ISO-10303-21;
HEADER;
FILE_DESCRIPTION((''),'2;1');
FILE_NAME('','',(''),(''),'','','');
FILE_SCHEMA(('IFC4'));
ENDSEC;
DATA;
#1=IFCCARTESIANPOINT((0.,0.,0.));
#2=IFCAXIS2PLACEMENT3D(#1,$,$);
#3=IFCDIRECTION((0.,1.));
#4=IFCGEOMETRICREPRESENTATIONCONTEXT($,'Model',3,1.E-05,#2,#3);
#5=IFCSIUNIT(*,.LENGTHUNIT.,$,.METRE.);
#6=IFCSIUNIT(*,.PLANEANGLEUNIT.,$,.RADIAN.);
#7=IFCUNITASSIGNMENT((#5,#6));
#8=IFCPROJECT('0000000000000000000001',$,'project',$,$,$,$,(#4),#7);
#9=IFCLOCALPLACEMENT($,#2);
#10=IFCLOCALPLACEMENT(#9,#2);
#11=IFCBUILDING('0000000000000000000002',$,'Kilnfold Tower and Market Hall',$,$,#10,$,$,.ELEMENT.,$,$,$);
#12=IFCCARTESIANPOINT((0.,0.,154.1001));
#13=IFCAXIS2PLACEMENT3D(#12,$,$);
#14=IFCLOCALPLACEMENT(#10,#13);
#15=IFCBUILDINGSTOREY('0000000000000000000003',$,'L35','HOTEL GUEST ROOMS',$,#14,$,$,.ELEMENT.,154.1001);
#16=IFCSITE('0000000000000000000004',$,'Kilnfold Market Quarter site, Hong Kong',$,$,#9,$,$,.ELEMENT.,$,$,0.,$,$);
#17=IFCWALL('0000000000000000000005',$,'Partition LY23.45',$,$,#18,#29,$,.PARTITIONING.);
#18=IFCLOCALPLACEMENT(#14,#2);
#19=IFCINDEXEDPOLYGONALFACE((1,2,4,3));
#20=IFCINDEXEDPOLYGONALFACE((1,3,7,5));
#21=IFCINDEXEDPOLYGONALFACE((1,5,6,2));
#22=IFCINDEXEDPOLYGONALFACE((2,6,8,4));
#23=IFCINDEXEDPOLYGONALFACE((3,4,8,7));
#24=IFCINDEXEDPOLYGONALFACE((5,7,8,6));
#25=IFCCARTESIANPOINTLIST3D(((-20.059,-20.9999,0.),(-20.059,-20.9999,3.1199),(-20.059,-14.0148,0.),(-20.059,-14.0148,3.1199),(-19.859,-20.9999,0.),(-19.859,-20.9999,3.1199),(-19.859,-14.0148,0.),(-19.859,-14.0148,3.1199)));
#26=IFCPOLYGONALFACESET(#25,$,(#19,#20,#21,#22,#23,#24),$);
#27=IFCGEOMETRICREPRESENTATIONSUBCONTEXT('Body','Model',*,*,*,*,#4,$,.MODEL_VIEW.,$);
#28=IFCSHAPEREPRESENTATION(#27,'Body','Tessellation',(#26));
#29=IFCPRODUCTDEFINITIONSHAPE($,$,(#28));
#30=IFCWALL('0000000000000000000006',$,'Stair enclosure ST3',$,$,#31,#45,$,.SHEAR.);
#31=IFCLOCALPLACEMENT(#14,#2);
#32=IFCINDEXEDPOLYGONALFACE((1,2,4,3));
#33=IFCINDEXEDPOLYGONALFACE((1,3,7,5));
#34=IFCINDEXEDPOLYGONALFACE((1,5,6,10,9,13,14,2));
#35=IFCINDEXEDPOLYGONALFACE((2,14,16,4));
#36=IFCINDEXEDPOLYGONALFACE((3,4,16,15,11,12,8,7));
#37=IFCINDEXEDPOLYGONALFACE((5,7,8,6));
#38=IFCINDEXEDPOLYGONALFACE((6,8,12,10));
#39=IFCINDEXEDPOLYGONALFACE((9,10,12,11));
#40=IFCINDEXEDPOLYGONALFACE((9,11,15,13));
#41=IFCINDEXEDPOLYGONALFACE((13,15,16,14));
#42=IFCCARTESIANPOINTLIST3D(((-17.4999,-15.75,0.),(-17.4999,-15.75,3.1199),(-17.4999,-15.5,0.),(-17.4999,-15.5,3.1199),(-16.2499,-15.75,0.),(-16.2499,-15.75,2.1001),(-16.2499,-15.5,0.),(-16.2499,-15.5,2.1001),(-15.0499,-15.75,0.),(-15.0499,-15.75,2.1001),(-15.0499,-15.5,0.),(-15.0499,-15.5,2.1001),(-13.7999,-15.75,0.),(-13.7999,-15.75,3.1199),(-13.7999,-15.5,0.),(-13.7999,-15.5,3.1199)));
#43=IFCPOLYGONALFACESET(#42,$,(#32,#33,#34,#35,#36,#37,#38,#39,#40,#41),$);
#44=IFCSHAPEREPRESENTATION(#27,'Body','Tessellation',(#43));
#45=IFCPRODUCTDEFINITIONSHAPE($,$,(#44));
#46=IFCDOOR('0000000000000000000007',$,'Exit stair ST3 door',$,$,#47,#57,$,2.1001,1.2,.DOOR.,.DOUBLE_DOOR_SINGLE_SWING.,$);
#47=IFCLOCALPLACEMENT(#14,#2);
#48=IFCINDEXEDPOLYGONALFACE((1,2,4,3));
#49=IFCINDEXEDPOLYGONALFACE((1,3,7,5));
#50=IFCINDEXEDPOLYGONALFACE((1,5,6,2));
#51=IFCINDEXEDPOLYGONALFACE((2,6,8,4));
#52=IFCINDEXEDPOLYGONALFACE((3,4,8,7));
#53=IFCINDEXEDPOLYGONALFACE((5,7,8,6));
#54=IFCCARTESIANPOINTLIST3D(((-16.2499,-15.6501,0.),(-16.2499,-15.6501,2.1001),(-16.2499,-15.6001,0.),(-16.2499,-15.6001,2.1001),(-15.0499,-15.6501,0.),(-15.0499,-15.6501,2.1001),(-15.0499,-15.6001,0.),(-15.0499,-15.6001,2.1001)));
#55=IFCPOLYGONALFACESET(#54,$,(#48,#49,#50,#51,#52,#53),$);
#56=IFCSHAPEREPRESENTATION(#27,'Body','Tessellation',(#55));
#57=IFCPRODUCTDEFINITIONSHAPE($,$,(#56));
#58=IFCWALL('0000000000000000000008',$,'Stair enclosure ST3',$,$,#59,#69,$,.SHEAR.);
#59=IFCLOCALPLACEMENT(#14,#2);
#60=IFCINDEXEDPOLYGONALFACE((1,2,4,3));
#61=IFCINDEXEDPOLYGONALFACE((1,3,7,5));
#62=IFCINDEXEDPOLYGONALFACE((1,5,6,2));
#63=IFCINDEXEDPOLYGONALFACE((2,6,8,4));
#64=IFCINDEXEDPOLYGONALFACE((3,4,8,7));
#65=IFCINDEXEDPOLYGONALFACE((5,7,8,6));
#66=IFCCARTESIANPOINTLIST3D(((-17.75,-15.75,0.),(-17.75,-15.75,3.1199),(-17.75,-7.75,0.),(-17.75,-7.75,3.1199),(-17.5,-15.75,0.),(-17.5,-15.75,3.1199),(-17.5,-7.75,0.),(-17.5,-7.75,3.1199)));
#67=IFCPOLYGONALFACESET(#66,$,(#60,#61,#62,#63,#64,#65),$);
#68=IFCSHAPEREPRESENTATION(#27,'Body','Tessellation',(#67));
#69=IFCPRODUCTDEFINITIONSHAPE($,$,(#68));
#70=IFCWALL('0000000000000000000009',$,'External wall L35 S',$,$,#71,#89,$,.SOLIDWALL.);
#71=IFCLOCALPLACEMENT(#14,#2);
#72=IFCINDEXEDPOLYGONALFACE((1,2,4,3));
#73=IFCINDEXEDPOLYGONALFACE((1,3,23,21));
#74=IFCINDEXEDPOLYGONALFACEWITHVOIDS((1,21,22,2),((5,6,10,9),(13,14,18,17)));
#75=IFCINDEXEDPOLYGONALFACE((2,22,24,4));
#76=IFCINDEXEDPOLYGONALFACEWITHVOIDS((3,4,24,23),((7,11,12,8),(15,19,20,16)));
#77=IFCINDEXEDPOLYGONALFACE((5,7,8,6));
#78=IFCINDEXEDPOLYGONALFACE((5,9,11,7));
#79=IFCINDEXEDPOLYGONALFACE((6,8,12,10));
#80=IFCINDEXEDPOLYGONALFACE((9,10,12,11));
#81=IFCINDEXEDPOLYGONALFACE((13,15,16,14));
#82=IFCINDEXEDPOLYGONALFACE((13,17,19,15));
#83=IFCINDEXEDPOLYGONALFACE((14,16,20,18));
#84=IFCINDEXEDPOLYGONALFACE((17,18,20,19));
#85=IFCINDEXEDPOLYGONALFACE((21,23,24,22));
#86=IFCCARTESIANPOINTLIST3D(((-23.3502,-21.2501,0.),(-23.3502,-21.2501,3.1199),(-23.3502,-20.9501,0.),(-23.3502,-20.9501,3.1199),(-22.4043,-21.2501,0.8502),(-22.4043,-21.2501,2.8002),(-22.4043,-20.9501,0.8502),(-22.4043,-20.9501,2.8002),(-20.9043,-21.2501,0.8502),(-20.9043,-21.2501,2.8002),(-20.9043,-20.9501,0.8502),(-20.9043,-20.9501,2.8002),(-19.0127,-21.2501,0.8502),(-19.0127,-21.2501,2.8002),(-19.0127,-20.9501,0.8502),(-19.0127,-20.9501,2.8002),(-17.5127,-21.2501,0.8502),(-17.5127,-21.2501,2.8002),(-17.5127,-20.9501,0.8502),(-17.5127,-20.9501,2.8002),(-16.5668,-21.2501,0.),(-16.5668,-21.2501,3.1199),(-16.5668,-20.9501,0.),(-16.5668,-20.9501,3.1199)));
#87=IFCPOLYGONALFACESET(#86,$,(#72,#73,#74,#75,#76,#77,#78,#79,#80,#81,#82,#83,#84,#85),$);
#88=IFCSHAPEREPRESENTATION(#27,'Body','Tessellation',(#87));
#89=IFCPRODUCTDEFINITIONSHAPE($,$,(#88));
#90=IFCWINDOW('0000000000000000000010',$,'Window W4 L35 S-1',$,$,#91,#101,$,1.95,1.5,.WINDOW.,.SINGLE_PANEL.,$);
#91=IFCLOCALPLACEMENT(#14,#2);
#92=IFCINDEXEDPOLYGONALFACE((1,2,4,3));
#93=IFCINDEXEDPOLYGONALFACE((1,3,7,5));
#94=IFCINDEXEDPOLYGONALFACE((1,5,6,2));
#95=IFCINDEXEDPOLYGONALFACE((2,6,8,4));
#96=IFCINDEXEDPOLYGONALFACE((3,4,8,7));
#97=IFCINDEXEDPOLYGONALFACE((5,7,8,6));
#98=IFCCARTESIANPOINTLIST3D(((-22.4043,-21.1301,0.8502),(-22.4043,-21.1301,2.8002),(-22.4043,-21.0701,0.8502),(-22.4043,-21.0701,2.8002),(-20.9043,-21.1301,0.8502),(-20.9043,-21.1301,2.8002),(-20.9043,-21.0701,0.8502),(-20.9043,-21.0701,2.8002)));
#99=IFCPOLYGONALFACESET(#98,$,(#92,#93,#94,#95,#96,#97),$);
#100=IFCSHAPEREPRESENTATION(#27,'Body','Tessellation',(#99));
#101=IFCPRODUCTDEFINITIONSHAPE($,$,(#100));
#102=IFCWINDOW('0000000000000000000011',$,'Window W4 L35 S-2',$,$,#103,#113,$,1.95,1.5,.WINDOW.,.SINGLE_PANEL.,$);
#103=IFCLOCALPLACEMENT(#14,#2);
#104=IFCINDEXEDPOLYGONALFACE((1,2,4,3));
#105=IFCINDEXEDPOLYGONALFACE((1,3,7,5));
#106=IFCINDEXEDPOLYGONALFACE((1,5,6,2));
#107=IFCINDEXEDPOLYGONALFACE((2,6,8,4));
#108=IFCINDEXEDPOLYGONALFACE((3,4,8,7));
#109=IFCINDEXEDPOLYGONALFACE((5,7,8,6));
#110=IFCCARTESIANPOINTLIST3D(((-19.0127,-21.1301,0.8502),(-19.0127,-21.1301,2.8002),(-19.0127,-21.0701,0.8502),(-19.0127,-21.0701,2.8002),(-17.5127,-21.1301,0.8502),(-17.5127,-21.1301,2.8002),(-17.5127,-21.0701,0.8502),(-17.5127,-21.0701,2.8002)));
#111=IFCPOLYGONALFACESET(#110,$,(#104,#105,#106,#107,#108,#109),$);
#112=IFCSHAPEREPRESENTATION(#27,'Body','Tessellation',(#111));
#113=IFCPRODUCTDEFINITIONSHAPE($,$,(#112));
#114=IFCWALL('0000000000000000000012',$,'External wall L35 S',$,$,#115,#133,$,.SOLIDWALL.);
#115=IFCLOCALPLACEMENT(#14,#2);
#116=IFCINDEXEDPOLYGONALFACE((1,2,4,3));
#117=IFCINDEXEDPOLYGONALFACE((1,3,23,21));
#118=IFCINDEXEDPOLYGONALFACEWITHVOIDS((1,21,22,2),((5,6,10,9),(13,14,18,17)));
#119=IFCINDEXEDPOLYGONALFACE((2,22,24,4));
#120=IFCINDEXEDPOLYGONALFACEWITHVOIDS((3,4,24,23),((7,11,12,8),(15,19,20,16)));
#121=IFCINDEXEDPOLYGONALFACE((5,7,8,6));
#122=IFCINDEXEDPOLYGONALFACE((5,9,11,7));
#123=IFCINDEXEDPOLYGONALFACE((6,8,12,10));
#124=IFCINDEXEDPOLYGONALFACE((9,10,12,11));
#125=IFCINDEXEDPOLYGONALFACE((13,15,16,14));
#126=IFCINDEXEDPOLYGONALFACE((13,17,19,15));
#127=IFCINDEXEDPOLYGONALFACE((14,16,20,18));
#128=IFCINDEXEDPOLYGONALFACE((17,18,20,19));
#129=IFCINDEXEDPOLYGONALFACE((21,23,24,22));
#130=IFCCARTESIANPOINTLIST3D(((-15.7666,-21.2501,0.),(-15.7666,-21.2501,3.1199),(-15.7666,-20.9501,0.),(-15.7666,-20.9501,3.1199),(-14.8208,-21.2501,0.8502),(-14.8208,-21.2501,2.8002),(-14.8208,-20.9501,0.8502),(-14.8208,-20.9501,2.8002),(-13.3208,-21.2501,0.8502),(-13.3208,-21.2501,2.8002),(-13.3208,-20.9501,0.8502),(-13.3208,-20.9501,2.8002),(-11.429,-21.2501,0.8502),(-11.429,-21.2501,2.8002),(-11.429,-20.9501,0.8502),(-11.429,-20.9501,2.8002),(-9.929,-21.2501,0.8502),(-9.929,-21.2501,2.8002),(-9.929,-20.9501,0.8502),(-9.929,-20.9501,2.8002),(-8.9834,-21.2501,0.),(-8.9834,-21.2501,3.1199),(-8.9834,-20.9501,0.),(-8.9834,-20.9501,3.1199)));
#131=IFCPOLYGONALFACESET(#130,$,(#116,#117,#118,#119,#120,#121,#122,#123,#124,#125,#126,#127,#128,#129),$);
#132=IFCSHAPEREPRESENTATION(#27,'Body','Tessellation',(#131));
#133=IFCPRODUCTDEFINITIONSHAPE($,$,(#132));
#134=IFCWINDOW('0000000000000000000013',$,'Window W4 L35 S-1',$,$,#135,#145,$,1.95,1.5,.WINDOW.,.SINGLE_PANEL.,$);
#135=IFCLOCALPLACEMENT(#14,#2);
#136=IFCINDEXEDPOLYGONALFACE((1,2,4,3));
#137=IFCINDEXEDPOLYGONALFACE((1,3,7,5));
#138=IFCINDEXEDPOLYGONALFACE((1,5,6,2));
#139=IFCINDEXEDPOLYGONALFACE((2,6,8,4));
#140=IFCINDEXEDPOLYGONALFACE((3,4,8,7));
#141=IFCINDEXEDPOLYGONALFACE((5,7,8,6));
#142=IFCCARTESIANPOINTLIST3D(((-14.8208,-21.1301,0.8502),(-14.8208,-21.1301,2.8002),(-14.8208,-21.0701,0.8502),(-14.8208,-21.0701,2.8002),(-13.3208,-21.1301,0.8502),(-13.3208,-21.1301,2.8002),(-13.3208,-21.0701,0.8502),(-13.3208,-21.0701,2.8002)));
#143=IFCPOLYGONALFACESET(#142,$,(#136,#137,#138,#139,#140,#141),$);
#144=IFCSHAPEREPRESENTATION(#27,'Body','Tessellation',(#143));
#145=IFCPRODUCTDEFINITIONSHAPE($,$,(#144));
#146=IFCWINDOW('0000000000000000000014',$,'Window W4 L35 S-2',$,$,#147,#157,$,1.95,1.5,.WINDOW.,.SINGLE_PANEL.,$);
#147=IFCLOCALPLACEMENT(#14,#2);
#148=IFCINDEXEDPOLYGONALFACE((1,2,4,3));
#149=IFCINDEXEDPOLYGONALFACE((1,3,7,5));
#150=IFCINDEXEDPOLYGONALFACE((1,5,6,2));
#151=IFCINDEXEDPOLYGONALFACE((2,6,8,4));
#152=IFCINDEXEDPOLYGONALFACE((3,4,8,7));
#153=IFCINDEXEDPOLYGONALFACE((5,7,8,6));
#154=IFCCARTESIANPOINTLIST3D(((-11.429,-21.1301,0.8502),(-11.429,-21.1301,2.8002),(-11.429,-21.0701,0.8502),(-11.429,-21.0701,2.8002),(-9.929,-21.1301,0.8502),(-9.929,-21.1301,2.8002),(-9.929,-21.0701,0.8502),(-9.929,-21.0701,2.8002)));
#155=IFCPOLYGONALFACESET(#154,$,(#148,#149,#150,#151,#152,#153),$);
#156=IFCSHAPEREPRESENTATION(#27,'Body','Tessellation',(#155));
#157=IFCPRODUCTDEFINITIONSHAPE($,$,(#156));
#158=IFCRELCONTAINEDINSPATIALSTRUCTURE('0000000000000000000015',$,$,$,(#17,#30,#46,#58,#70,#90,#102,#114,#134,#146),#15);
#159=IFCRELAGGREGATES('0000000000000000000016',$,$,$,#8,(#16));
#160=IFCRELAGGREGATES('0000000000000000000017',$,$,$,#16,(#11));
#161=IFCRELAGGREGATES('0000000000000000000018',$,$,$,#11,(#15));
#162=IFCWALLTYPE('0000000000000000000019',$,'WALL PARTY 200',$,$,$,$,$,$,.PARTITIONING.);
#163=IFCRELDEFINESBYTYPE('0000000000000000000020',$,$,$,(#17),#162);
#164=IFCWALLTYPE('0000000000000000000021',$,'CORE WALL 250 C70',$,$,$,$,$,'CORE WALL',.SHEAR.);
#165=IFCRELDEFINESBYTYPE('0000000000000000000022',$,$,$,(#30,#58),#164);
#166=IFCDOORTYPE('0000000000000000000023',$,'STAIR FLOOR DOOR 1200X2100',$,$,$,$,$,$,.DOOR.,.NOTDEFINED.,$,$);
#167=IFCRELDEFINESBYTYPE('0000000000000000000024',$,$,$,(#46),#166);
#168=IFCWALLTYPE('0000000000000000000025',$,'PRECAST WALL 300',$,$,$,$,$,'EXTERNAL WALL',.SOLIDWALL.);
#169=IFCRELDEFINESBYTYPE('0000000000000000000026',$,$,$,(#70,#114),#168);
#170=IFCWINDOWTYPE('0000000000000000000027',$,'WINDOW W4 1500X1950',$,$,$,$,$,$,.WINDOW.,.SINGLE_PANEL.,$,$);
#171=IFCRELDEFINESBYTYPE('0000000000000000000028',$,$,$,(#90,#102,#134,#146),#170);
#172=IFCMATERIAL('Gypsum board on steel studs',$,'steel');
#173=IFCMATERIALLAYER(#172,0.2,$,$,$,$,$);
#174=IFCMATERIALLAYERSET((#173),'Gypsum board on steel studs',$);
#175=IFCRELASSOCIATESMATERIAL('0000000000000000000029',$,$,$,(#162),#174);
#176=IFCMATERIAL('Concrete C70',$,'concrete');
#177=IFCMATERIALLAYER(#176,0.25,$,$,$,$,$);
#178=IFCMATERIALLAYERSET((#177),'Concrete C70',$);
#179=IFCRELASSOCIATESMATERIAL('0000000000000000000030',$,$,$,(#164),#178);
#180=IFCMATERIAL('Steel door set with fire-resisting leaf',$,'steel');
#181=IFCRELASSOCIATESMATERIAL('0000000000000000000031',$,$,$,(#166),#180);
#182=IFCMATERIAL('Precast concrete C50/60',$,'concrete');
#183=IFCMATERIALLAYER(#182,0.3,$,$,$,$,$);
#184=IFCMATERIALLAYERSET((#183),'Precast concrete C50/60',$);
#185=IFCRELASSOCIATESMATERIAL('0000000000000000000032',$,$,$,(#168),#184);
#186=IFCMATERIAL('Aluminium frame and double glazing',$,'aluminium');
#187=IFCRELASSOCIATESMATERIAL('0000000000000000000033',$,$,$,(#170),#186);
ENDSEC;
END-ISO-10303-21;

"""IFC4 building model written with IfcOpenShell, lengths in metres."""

from ifc_helpers import new_model, si_unit, direction, frame, frame_2d, origin, place, context, subcontext, project, spatial, rectangle, extrude, source, transform, mapped, material, layer, layer_set, type_object, element, fill, save


model = new_model("IFC4")

# Units and contexts
model_context = context("Model", 3, precision=1e-05, world=origin(), true_north=direction((0.0, 1.0)))
body_context = subcontext(model_context, "Body", "Model", "MODEL_VIEW")
ifc_project = project(units=[si_unit("LENGTHUNIT", "METRE"), si_unit("PLANEANGLEUNIT", "RADIAN")], contexts=[model_context])

# Site, building, storey
site_placement = place(None, origin())
site = spatial("IfcSite", under=ifc_project, at=site_placement, Name="Kilnfold Market Quarter site, Hong Kong", CompositionType="ELEMENT", RefElevation=0.0)
building_placement = place(site_placement, origin())
building = spatial("IfcBuilding", under=site, at=building_placement, Name="Kilnfold Tower and Market Hall", CompositionType="ELEMENT")
storey_placement = place(building_placement, frame((0.0, 0.0, 154.1001)))
storey = spatial("IfcBuildingStorey", under=building, at=storey_placement, Name="L35", Description="HOTEL GUEST ROOMS", CompositionType="ELEMENT", Elevation=154.1001)

# Wall
ifc_material_1 = material(Name="Gypsum board on steel studs", Category="steel")
ifc_layer_1 = layer(ifc_material_1, 0.2)
ifc_layer_set_1 = layer_set([ifc_layer_1], Name="Gypsum board on steel studs")
wall_type_1 = type_object("IfcWallType", Name="WALL PARTY 200", PredefinedType="PARTITIONING", material=ifc_layer_set_1)
wall_1_placement = place(storey_placement, frame((-19.959, -21.0, 0.0), z_axis=(0.0, 0.0, 1.0), x_axis=(0.0, 1.0, 0.0)))
element("IfcWall", 1, at=wall_1_placement, inside=storey, type_object=wall_type_1, Name="Partition LY23.45", PredefinedType="PARTITIONING", context=body_context, shape_type="SweptSolid", body=[
    extrude(rectangle(XDim=6.9851, YDim=0.2, at=frame_2d((3.4927, 0.0))), origin(), (0.0, 0.0, 1.0), 3.1199),
])

# Wall, opening, door
ifc_material_2 = material(Name="Concrete C70", Category="concrete")
ifc_layer_2 = layer(ifc_material_2, 0.25)
ifc_layer_set_2 = layer_set([ifc_layer_2], Name="Concrete C70")
wall_type_2 = type_object("IfcWallType", Name="CORE WALL 250 C70", ElementType="CORE WALL", PredefinedType="SHEAR", material=ifc_layer_set_2)
shared_shape_1 = source(origin(), body_context, "Body", "SweptSolid", [
    extrude(rectangle(XDim=3.7, YDim=0.25, at=frame_2d((1.8501, 0.0))), origin(), (0.0, 0.0, 1.0), 3.1199),
])
wall_2_placement = place(storey_placement, frame((-17.5, -15.625, 0.0), z_axis=(0.0, 0.0, 1.0), x_axis=(1.0, 0.0, 0.0)))
wall_2 = element("IfcWall", 2, at=wall_2_placement, inside=storey, type_object=wall_type_2, Name="Stair enclosure ST3", PredefinedType="SHEAR", context=body_context, shape_type="MappedRepresentation", body=[
    mapped(shared_shape_1, transform((0.0, 0.0, 0.0))),
])
opening_1_placement = place(wall_2_placement, frame((1.25, 0.0, 0.0)))
opening_1 = element("IfcOpeningElement", 3, at=opening_1_placement, cuts=wall_2, PredefinedType="OPENING", context=body_context, shape_type="SweptSolid", body=[
    extrude(rectangle(XDim=1.2, YDim=2.1001, at=frame_2d((0.6001, 1.05))), frame((0.0, 0.135, 0.0), z_axis=(0.0, -1.0, 0.0), x_axis=(1.0, 0.0, 0.0)), (0.0, 0.0, 1.0), 0.27),
])
ifc_material_3 = material(Name="Steel door set with fire-resisting leaf", Category="steel")
door_type_1 = type_object("IfcDoorType", Name="STAIR FLOOR DOOR 1200X2100", OperationType="NOTDEFINED", PredefinedType="DOOR", material=ifc_material_3)
door_1_placement = place(opening_1_placement, origin())
door_1 = element("IfcDoor", 4, at=door_1_placement, inside=storey, type_object=door_type_1, Name="Exit stair ST3 door", OperationType="DOUBLE_DOOR_SINGLE_SWING", OverallHeight=2.1001, OverallWidth=1.2, PredefinedType="DOOR", context=body_context, shape_type="SweptSolid", body=[
    extrude(rectangle(XDim=1.2, YDim=2.1001, at=frame_2d((0.6001, 1.05))), frame((0.0, 0.0249, 0.0), z_axis=(0.0, -1.0, 0.0), x_axis=(1.0, 0.0, 0.0)), (0.0, 0.0, 1.0), 0.05),
])
fill(opening_1, door_1)

# Wall
shared_shape_2 = source(origin(), body_context, "Body", "SweptSolid", [
    extrude(rectangle(XDim=8.0, YDim=0.25, at=frame_2d((4.0, 0.0))), origin(), (0.0, 0.0, 1.0), 3.1199),
])
wall_3_placement = place(storey_placement, frame((-17.625, -15.75, 0.0), z_axis=(0.0, 0.0, 1.0), x_axis=(0.0, 1.0, 0.0)))
element("IfcWall", 5, at=wall_3_placement, inside=storey, type_object=wall_type_2, Name="Stair enclosure ST3", PredefinedType="SHEAR", context=body_context, shape_type="MappedRepresentation", body=[
    mapped(shared_shape_2, transform((0.0, 0.0, 0.0))),
])

# Walls, openings, windows
ifc_material_4 = material(Name="Precast concrete C50/60", Category="concrete")
ifc_layer_3 = layer(ifc_material_4, 0.3)
ifc_layer_set_3 = layer_set([ifc_layer_3], Name="Precast concrete C50/60")
wall_type_3 = type_object("IfcWallType", Name="PRECAST WALL 300", ElementType="EXTERNAL WALL", PredefinedType="SOLIDWALL", material=ifc_layer_set_3)
shared_shape_3 = source(origin(), body_context, "Body", "SweptSolid", [
    extrude(rectangle(XDim=6.7834, YDim=0.3, at=frame_2d((3.3916, 0.0))), origin(), (0.0, 0.0, 1.0), 3.1199),
])
wall_4_placement = place(storey_placement, frame((-23.3501, -21.1001, 0.0), z_axis=(0.0, 0.0, 1.0), x_axis=(1.0, 0.0, 0.0)))
wall_4 = element("IfcWall", 6, at=wall_4_placement, inside=storey, type_object=wall_type_3, Name="External wall L35 S", PredefinedType="SOLIDWALL", context=body_context, shape_type="MappedRepresentation", body=[
    mapped(shared_shape_3, transform((0.0, 0.0, 0.0))),
])
opening_2_placement = place(wall_4_placement, frame((0.9458, 0.0, 0.8501)))
opening_2 = element("IfcOpeningElement", 7, at=opening_2_placement, cuts=wall_4, PredefinedType="OPENING", context=body_context, shape_type="SweptSolid", body=[
    extrude(rectangle(XDim=1.5, YDim=1.95, at=frame_2d((0.75, 0.9751))), frame((0.0, 0.1602, 0.0), z_axis=(0.0, -1.0, 0.0), x_axis=(1.0, 0.0, 0.0)), (0.0, 0.0, 1.0), 0.3201),
])
opening_3_placement = place(wall_4_placement, frame((4.3374, 0.0, 0.8501)))
opening_3 = element("IfcOpeningElement", 8, at=opening_3_placement, cuts=wall_4, PredefinedType="OPENING", context=body_context, shape_type="SweptSolid", body=[
    extrude(rectangle(XDim=1.5, YDim=1.95, at=frame_2d((0.75, 0.9751))), frame((0.0, 0.1602, 0.0), z_axis=(0.0, -1.0, 0.0), x_axis=(1.0, 0.0, 0.0)), (0.0, 0.0, 1.0), 0.3201),
])
ifc_material_5 = material(Name="Aluminium frame and double glazing", Category="aluminium")
window_type_1 = type_object("IfcWindowType", Name="WINDOW W4 1500X1950", PartitioningType="SINGLE_PANEL", PredefinedType="WINDOW", material=ifc_material_5)
window_1_placement = place(opening_2_placement, origin())
window_1 = element("IfcWindow", 9, at=window_1_placement, inside=storey, type_object=window_type_1, Name="Window W4 L35 S-1", OverallHeight=1.95, OverallWidth=1.5, PartitioningType="SINGLE_PANEL", PredefinedType="WINDOW", context=body_context, shape_type="SweptSolid", body=[
    extrude(rectangle(XDim=1.5, YDim=1.95, at=frame_2d((0.75, 0.9751))), frame((0.0, 0.03, 0.0), z_axis=(0.0, -1.0, 0.0), x_axis=(1.0, 0.0, 0.0)), (0.0, 0.0, 1.0), 0.0601),
])
fill(opening_2, window_1)
window_2_placement = place(opening_3_placement, origin())
window_2 = element("IfcWindow", 10, at=window_2_placement, inside=storey, type_object=window_type_1, Name="Window W4 L35 S-2", OverallHeight=1.95, OverallWidth=1.5, PartitioningType="SINGLE_PANEL", PredefinedType="WINDOW", context=body_context, shape_type="SweptSolid", body=[
    extrude(rectangle(XDim=1.5, YDim=1.95, at=frame_2d((0.75, 0.9751))), frame((0.0, 0.03, 0.0), z_axis=(0.0, -1.0, 0.0), x_axis=(1.0, 0.0, 0.0)), (0.0, 0.0, 1.0), 0.0601),
])
fill(opening_3, window_2)
shared_shape_4 = source(origin(), body_context, "Body", "SweptSolid", [
    extrude(rectangle(XDim=6.7832, YDim=0.3, at=frame_2d((3.3916, 0.0))), origin(), (0.0, 0.0, 1.0), 3.1199),
])
wall_5_placement = place(storey_placement, frame((-15.7666, -21.1001, 0.0), z_axis=(0.0, 0.0, 1.0), x_axis=(1.0, 0.0, 0.0)))
wall_5 = element("IfcWall", 11, at=wall_5_placement, inside=storey, type_object=wall_type_3, Name="External wall L35 S", PredefinedType="SOLIDWALL", context=body_context, shape_type="MappedRepresentation", body=[
    mapped(shared_shape_4, transform((0.0, 0.0, 0.0))),
])
opening_4_placement = place(wall_5_placement, frame((0.9458, 0.0, 0.8501)))
opening_4 = element("IfcOpeningElement", 12, at=opening_4_placement, cuts=wall_5, PredefinedType="OPENING", context=body_context, shape_type="SweptSolid", body=[
    extrude(rectangle(XDim=1.5, YDim=1.95, at=frame_2d((0.75, 0.9751))), frame((0.0, 0.1602, 0.0), z_axis=(0.0, -1.0, 0.0), x_axis=(1.0, 0.0, 0.0)), (0.0, 0.0, 1.0), 0.3201),
])
opening_5_placement = place(wall_5_placement, frame((4.3376, 0.0, 0.8501)))
opening_5 = element("IfcOpeningElement", 13, at=opening_5_placement, cuts=wall_5, PredefinedType="OPENING", context=body_context, shape_type="SweptSolid", body=[
    extrude(rectangle(XDim=1.5, YDim=1.95, at=frame_2d((0.75, 0.9751))), frame((0.0, 0.1602, 0.0), z_axis=(0.0, -1.0, 0.0), x_axis=(1.0, 0.0, 0.0)), (0.0, 0.0, 1.0), 0.3201),
])
window_3_placement = place(opening_4_placement, origin())
window_3 = element("IfcWindow", 14, at=window_3_placement, inside=storey, type_object=window_type_1, Name="Window W4 L35 S-1", OverallHeight=1.95, OverallWidth=1.5, PartitioningType="SINGLE_PANEL", PredefinedType="WINDOW", context=body_context, shape_type="SweptSolid", body=[
    extrude(rectangle(XDim=1.5, YDim=1.95, at=frame_2d((0.75, 0.9751))), frame((0.0, 0.03, 0.0), z_axis=(0.0, -1.0, 0.0), x_axis=(1.0, 0.0, 0.0)), (0.0, 0.0, 1.0), 0.0601),
])
fill(opening_4, window_3)
window_4_placement = place(opening_5_placement, origin())
window_4 = element("IfcWindow", 15, at=window_4_placement, inside=storey, type_object=window_type_1, Name="Window W4 L35 S-2", OverallHeight=1.95, OverallWidth=1.5, PartitioningType="SINGLE_PANEL", PredefinedType="WINDOW", context=body_context, shape_type="SweptSolid", body=[
    extrude(rectangle(XDim=1.5, YDim=1.95, at=frame_2d((0.75, 0.9751))), frame((0.0, 0.03, 0.0), z_axis=(0.0, -1.0, 0.0), x_axis=(1.0, 0.0, 0.0)), (0.0, 0.0, 1.0), 0.0601),
])
fill(opening_5, window_4)

save(model, "model.ifc")
